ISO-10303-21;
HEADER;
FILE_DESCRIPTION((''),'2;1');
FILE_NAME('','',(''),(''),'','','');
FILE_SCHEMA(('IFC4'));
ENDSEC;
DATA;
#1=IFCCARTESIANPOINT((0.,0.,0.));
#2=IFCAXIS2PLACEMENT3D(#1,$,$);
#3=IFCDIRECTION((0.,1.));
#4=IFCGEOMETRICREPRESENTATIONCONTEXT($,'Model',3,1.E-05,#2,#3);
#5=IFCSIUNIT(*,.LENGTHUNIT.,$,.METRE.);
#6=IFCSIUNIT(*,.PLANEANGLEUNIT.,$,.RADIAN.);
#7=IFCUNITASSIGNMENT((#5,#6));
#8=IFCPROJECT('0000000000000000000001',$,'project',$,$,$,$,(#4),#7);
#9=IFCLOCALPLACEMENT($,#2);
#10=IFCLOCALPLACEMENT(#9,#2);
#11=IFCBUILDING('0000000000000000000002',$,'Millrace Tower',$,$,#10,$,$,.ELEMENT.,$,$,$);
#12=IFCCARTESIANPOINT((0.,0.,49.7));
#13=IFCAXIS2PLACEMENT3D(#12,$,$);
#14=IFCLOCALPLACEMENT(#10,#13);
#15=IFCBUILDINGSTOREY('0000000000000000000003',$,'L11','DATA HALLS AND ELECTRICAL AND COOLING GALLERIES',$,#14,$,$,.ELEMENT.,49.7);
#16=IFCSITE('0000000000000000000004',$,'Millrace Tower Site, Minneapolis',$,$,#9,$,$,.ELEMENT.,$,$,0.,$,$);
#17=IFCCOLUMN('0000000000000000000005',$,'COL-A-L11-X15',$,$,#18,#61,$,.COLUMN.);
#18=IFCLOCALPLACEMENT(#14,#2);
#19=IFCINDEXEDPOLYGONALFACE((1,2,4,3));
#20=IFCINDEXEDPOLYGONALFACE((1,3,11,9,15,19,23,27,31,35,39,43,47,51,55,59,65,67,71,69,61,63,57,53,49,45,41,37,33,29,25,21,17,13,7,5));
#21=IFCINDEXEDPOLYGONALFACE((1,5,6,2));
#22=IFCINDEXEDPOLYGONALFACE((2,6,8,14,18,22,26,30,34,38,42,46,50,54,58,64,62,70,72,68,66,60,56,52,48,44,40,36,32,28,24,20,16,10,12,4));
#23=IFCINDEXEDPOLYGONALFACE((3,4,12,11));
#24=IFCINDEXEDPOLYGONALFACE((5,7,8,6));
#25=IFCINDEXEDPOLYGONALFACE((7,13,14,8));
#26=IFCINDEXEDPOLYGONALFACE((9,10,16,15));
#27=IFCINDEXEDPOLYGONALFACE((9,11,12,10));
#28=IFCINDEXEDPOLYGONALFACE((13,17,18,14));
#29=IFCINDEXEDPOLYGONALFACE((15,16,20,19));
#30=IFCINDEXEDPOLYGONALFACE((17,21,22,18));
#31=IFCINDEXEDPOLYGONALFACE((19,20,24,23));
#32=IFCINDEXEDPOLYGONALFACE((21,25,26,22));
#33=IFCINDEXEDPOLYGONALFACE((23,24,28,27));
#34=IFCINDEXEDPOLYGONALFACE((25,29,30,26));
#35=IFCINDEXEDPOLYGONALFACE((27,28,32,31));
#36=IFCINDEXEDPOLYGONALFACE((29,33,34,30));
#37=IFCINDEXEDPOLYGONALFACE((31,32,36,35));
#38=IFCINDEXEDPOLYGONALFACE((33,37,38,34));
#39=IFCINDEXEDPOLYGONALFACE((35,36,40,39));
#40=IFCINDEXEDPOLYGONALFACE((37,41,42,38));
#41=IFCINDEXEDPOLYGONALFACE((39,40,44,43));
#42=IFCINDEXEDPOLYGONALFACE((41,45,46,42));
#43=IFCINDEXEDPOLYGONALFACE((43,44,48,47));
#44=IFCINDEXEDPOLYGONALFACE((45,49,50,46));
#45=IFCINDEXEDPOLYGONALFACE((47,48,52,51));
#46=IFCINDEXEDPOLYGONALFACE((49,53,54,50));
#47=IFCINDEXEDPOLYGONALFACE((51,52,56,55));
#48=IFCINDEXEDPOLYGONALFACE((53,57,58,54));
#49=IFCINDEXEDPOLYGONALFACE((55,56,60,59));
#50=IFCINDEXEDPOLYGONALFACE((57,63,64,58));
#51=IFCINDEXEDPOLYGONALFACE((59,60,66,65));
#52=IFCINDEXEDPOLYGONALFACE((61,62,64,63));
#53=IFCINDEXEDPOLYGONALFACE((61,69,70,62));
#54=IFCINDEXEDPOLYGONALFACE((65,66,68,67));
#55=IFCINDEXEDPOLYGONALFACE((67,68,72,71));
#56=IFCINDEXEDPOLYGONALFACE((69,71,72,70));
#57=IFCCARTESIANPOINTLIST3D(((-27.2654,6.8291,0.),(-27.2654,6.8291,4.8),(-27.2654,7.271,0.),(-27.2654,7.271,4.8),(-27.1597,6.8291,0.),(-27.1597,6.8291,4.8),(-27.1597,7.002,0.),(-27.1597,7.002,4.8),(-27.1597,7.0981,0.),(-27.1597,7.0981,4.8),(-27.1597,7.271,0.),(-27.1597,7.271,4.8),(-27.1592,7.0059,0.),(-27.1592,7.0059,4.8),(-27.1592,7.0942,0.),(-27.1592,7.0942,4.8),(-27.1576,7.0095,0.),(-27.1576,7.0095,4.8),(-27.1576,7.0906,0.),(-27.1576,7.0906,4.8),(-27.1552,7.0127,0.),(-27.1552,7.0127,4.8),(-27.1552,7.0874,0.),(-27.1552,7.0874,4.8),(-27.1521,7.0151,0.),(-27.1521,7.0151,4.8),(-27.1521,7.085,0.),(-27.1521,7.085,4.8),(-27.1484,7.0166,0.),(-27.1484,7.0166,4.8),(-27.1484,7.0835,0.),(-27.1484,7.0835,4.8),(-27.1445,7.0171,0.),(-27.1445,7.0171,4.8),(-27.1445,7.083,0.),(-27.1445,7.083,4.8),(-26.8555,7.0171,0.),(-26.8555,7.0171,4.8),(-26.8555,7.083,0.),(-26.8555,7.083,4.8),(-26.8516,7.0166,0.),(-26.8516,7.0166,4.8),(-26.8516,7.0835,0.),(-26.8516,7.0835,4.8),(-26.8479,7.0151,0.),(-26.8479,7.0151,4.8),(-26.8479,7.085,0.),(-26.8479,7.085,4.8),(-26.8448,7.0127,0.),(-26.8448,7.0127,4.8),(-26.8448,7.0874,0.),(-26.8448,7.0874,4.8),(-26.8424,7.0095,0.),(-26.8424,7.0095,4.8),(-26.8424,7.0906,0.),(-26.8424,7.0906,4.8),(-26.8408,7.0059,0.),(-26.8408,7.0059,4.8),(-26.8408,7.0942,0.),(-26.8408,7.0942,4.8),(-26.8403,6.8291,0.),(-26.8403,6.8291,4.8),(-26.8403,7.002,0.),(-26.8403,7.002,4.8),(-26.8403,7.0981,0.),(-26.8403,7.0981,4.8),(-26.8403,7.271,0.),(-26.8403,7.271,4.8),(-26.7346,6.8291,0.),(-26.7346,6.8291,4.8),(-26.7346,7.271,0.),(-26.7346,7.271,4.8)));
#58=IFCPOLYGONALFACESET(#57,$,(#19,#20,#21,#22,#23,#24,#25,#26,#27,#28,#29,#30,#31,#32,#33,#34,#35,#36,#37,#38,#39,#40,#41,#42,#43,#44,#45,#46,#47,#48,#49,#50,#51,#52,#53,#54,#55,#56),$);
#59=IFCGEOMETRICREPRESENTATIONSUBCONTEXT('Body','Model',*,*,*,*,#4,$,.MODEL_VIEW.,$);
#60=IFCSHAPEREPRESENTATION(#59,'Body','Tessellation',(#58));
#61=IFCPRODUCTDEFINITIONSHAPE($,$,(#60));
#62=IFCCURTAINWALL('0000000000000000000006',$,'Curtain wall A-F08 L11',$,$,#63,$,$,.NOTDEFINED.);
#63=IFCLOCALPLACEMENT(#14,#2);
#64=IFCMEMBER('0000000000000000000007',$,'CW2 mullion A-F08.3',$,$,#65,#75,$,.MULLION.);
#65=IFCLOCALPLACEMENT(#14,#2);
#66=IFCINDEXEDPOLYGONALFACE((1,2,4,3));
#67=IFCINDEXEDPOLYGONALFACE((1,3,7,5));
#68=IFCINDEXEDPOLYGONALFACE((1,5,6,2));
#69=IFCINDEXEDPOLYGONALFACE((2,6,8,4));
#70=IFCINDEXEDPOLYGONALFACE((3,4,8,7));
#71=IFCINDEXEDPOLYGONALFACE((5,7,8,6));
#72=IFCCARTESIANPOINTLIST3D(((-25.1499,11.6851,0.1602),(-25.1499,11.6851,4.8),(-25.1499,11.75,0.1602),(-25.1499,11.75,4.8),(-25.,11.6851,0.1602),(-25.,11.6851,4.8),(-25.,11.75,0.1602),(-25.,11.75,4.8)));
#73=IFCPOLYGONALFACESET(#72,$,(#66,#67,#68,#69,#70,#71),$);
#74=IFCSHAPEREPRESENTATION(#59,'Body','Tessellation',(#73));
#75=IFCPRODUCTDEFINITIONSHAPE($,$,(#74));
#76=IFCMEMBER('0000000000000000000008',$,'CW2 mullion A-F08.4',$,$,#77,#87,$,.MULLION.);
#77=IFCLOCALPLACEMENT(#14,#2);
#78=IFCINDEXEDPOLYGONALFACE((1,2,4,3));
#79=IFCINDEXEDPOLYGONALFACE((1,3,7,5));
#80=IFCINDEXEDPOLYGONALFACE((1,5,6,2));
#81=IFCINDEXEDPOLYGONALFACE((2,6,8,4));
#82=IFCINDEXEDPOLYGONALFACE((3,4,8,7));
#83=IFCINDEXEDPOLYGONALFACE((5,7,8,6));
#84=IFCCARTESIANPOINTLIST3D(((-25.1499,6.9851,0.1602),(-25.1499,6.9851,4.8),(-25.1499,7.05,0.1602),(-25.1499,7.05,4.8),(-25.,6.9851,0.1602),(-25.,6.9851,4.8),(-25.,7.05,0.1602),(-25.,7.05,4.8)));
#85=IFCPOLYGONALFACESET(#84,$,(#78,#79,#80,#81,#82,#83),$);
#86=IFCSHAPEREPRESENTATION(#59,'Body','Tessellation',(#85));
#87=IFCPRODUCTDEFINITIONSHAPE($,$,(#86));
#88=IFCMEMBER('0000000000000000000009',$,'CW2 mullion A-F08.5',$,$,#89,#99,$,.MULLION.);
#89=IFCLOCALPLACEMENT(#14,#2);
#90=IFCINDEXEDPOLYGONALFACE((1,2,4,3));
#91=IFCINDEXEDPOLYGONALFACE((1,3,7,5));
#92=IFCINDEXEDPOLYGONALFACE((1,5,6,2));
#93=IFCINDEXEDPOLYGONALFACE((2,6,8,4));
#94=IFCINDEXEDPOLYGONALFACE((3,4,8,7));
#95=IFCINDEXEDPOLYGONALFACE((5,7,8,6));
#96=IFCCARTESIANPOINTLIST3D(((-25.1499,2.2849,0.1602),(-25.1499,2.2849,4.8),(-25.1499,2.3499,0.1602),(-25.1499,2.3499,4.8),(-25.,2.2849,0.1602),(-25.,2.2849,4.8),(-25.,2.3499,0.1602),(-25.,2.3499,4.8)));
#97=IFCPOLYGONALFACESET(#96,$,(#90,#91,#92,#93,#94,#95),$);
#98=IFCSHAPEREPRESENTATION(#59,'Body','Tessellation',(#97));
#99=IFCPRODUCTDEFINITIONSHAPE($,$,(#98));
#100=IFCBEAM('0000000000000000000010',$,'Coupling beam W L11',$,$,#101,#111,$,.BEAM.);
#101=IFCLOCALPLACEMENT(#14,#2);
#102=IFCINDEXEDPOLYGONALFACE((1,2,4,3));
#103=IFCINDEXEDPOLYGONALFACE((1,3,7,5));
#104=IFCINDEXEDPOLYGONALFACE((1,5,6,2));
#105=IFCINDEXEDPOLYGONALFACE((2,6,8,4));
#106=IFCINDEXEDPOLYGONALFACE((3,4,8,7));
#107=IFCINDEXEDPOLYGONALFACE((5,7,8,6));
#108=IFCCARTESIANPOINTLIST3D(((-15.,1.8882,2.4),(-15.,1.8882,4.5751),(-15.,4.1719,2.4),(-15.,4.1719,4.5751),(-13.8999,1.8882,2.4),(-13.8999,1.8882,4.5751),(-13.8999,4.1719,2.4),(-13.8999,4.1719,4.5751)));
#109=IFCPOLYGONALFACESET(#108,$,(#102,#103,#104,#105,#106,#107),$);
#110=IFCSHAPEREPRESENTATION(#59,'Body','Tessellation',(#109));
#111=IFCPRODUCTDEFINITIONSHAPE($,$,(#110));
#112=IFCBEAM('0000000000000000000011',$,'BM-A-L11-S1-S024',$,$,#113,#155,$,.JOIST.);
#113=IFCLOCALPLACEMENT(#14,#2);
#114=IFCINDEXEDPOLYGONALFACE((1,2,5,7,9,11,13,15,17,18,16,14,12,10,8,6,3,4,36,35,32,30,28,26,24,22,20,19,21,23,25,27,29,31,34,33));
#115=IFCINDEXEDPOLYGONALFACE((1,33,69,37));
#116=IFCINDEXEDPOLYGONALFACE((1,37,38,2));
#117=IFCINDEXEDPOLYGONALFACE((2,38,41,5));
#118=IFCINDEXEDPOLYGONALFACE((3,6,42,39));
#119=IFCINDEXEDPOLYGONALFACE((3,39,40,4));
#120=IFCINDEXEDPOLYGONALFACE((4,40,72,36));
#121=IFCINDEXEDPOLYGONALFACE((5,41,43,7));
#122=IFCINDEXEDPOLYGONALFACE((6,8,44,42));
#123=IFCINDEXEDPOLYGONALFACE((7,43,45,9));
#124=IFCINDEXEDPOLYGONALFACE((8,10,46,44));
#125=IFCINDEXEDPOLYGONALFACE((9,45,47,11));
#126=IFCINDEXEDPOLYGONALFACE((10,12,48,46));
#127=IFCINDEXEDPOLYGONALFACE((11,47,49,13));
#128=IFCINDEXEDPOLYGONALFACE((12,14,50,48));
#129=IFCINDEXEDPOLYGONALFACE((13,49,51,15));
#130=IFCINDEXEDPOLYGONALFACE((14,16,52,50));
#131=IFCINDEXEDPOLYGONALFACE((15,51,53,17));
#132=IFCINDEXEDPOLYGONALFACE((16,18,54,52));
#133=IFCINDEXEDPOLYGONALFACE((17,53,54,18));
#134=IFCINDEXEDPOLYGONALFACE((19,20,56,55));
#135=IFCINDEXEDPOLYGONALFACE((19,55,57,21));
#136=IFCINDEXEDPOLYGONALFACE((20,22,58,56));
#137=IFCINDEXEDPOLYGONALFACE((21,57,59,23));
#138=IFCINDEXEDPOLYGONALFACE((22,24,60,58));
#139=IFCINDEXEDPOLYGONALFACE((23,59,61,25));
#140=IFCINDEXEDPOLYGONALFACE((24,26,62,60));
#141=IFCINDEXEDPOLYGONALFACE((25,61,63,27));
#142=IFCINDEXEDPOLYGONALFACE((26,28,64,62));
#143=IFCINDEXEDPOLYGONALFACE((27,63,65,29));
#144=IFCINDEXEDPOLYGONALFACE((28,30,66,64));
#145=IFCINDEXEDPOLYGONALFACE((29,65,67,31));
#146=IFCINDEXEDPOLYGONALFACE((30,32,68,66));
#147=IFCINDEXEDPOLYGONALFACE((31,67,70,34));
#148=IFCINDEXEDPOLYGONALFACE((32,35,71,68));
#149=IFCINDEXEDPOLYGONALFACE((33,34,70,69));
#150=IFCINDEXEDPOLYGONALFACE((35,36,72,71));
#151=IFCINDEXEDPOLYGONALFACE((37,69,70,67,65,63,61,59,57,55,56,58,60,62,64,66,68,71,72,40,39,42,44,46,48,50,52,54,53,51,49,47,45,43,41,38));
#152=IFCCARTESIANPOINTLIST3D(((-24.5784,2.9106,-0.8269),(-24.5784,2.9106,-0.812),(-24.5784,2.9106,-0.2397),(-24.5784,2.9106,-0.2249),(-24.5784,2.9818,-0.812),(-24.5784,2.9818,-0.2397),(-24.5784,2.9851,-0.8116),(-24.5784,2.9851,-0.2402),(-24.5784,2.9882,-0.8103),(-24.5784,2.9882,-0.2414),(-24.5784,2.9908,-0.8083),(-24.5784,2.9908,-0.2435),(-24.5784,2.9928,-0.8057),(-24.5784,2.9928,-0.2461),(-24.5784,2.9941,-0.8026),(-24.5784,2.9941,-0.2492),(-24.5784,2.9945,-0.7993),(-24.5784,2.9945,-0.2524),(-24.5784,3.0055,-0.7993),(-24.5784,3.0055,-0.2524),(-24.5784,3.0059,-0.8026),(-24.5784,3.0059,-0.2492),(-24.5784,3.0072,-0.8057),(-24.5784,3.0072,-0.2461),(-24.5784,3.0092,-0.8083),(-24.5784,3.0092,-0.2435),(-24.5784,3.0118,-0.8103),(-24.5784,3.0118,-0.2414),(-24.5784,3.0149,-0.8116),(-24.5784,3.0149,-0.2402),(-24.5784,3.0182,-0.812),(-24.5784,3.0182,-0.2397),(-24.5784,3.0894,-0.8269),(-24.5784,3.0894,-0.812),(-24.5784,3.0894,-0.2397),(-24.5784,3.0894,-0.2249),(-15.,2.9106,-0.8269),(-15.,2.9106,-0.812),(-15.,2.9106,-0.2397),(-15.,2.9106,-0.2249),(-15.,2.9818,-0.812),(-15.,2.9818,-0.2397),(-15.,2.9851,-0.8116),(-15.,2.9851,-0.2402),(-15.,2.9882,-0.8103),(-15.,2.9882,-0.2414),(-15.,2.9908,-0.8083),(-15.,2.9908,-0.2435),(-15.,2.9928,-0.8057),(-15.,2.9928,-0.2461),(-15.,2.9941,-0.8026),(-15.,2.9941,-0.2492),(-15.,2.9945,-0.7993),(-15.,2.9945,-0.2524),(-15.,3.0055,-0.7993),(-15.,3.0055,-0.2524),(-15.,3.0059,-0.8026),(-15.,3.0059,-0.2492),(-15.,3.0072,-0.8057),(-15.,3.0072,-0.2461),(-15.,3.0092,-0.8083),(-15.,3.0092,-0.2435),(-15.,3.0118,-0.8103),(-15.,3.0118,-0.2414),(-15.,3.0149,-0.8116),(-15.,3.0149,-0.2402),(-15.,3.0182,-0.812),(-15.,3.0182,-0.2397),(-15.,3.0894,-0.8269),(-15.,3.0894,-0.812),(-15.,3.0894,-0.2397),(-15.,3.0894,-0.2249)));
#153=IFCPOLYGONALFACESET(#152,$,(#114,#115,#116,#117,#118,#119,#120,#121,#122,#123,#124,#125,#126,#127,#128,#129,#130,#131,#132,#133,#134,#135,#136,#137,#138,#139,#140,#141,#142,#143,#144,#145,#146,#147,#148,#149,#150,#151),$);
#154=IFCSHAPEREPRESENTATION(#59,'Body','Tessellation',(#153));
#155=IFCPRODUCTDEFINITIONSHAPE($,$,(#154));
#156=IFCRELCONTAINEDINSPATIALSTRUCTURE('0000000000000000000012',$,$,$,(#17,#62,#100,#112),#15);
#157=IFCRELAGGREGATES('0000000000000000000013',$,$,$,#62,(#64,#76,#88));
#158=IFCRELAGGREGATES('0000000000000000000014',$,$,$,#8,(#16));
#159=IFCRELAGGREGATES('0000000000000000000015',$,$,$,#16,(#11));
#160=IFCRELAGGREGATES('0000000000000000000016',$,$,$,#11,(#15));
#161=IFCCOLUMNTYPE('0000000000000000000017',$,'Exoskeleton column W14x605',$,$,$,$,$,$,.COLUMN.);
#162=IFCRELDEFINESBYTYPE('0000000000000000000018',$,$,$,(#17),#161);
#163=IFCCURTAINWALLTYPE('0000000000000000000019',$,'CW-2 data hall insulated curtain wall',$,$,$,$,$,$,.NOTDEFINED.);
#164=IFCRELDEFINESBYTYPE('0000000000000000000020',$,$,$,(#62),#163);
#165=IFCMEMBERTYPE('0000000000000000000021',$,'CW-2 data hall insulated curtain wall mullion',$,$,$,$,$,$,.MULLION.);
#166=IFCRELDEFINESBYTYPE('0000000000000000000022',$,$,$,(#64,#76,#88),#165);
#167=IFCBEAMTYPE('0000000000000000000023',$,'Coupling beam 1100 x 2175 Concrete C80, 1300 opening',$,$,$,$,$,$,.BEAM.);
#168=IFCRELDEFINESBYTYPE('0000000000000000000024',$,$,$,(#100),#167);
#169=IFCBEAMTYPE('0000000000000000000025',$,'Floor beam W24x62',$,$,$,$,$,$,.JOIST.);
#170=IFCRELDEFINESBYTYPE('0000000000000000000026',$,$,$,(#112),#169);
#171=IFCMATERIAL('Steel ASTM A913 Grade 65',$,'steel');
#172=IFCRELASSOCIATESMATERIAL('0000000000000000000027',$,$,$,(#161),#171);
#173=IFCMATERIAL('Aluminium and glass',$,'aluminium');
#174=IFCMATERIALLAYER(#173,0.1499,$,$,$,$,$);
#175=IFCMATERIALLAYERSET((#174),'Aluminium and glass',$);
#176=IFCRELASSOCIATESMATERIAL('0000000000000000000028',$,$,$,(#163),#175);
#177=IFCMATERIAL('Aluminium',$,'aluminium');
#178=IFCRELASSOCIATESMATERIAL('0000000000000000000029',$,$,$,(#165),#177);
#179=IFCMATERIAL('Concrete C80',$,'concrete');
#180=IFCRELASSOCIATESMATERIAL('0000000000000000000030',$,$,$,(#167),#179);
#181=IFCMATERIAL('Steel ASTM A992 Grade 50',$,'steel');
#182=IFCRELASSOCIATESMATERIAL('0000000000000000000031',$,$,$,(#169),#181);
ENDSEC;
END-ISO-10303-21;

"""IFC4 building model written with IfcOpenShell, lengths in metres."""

from ifc_helpers import new_model, si_unit, direction, frame, origin, origin_2d, place, context, subcontext, project, spatial, rectangle, i_section, extrude, material, layer, layer_set, material_profile, profile_set, type_object, element, aggregate, save


model = new_model("IFC4")

# Units and contexts
model_context = context("Model", 3, precision=1e-05, world=origin(), true_north=direction((0.0, 1.0)))
body_context = subcontext(model_context, "Body", "Model", "MODEL_VIEW")
ifc_project = project(units=[si_unit("LENGTHUNIT", "METRE"), si_unit("PLANEANGLEUNIT", "RADIAN")], contexts=[model_context])

# Site, building, storey
site_placement = place(None, origin())
site = spatial("IfcSite", under=ifc_project, at=site_placement, Name="Millrace Tower Site, Minneapolis", CompositionType="ELEMENT", RefElevation=0.0)
building_placement = place(site_placement, origin())
building = spatial("IfcBuilding", under=site, at=building_placement, Name="Millrace Tower", CompositionType="ELEMENT")
storey_placement = place(building_placement, frame((0.0, 0.0, 49.7)))
storey = spatial("IfcBuildingStorey", under=building, at=storey_placement, Name="L11", Description="DATA HALLS AND ELECTRICAL AND COOLING GALLERIES", CompositionType="ELEMENT", Elevation=49.7)

# Column
ifc_material_1 = material(Name="Steel ASTM A913 Grade 65", Category="steel")
ifc_material_profile_1 = material_profile(ifc_material_1, i_section(OverallWidth=0.4419, OverallDepth=0.5308, WebThickness=0.0659, FlangeThickness=0.1057, FilletRadius=0.0151, at=origin_2d()))
ifc_profile_set_1 = profile_set([ifc_material_profile_1], Name="Steel ASTM A913 Grade 65")
column_type = type_object("IfcColumnType", Name="Exoskeleton column W14x605", PredefinedType="COLUMN", material=ifc_profile_set_1)
column_placement = place(storey_placement, frame((-27.0, 7.05, 0.0), z_axis=(0.0, 0.0, 1.0), x_axis=(0.0, -1.0, 0.0)))
element("IfcColumn", 1, at=column_placement, inside=storey, type_object=column_type, Name="COL-A-L11-X15", PredefinedType="COLUMN", context=body_context, shape_type="SweptSolid", body=[
    extrude(i_section(OverallWidth=0.4419, OverallDepth=0.5308, WebThickness=0.0659, FlangeThickness=0.1057, FilletRadius=0.0151, at=origin_2d()), origin(), (0.0, 0.0, 1.0), 4.8),
])

# Curtain wall, members
ifc_material_2 = material(Name="Aluminium and glass", Category="aluminium")
ifc_layer_1 = layer(ifc_material_2, 0.1499)
ifc_layer_set_1 = layer_set([ifc_layer_1], Name="Aluminium and glass")
curtain_wall_type = type_object("IfcCurtainWallType", Name="CW-2 data hall insulated curtain wall", PredefinedType="NOTDEFINED", material=ifc_layer_set_1)
curtain_wall_placement = place(storey_placement, origin())
curtain_wall = element("IfcCurtainWall", 2, at=curtain_wall_placement, inside=storey, type_object=curtain_wall_type, Name="Curtain wall A-F08 L11", PredefinedType="NOTDEFINED")
ifc_material_3 = material(Name="Aluminium", Category="aluminium")
ifc_material_profile_2 = material_profile(ifc_material_3, rectangle(XDim=0.0649, YDim=0.1499, at=origin_2d()))
ifc_profile_set_2 = profile_set([ifc_material_profile_2], Name="Aluminium")
member_type = type_object("IfcMemberType", Name="CW-2 data hall insulated curtain wall mullion", PredefinedType="MULLION", material=ifc_profile_set_2)
member_1_placement = place(storey_placement, frame((-25.075, 11.7175, 0.1602), z_axis=(0.0, 0.0, 1.0), x_axis=(0.0, -1.0, 0.0)))
member_1 = element("IfcMember", 3, at=member_1_placement, type_object=member_type, Name="CW2 mullion A-F08.3", PredefinedType="MULLION", context=body_context, shape_type="SweptSolid", body=[
    extrude(rectangle(XDim=0.0649, YDim=0.1499, at=origin_2d()), origin(), (0.0, 0.0, 1.0), 4.6399),
])
member_2_placement = place(storey_placement, frame((-25.075, 7.0176, 0.1602), z_axis=(0.0, 0.0, 1.0), x_axis=(0.0, -1.0, 0.0)))
member_2 = element("IfcMember", 4, at=member_2_placement, type_object=member_type, Name="CW2 mullion A-F08.4", PredefinedType="MULLION", context=body_context, shape_type="SweptSolid", body=[
    extrude(rectangle(XDim=0.0649, YDim=0.1499, at=origin_2d()), origin(), (0.0, 0.0, 1.0), 4.6399),
])
member_3_placement = place(storey_placement, frame((-25.075, 2.3174, 0.1602), z_axis=(0.0, 0.0, 1.0), x_axis=(0.0, -1.0, 0.0)))
member_3 = element("IfcMember", 5, at=member_3_placement, type_object=member_type, Name="CW2 mullion A-F08.5", PredefinedType="MULLION", context=body_context, shape_type="SweptSolid", body=[
    extrude(rectangle(XDim=0.0649, YDim=0.1499, at=origin_2d()), origin(), (0.0, 0.0, 1.0), 4.6399),
])
aggregate(curtain_wall, [member_1, member_2, member_3])

# Beams
ifc_material_4 = material(Name="Concrete C80", Category="concrete")
ifc_material_profile_3 = material_profile(ifc_material_4, rectangle(XDim=1.1001, YDim=2.175, at=origin_2d()))
ifc_profile_set_3 = profile_set([ifc_material_profile_3], Name="Concrete C80")
beam_type_1 = type_object("IfcBeamType", Name="Coupling beam 1100 x 2175 Concrete C80, 1300 opening", PredefinedType="BEAM", material=ifc_profile_set_3)
beam_1_placement = place(storey_placement, frame((-14.45, 1.8882, 3.4875), z_axis=(0.0, 1.0, 0.0), x_axis=(-1.0, 0.0, 0.0)))
element("IfcBeam", 6, at=beam_1_placement, inside=storey, type_object=beam_type_1, Name="Coupling beam W L11", PredefinedType="BEAM", context=body_context, shape_type="SweptSolid", body=[
    extrude(rectangle(XDim=1.1001, YDim=2.175, at=origin_2d()), origin(), (0.0, 0.0, 1.0), 2.2837),
])
ifc_material_5 = material(Name="Steel ASTM A992 Grade 50", Category="steel")
ifc_material_profile_4 = material_profile(ifc_material_5, i_section(OverallWidth=0.1787, OverallDepth=0.6021, WebThickness=0.011, FlangeThickness=0.0149, FilletRadius=0.0127, at=origin_2d()))
ifc_profile_set_4 = profile_set([ifc_material_profile_4], Name="Steel ASTM A992 Grade 50")
beam_type_2 = type_object("IfcBeamType", Name="Floor beam W24x62", PredefinedType="JOIST", material=ifc_profile_set_4)
for number, where, z_axis, x_axis, name in (
    (7, (-24.5784, 3.0, -0.5259), (1.0, 0.0, 0.0), (0.0, 1.0, 0.0), "BM-A-L11-S1-S024"),
):
    element("IfcBeam", number, at=place(storey_placement, frame(where, z_axis=z_axis, x_axis=x_axis)), inside=storey, type_object=beam_type_2, Name=name, PredefinedType="JOIST", context=body_context, shape_type="SweptSolid", body=[
        extrude(i_section(OverallWidth=0.1787, OverallDepth=0.6021, WebThickness=0.011, FlangeThickness=0.0149, FilletRadius=0.0127, at=origin_2d()), origin(), (0.0, 0.0, 1.0), 9.5784),
    ])

save(model, "model.ifc")
